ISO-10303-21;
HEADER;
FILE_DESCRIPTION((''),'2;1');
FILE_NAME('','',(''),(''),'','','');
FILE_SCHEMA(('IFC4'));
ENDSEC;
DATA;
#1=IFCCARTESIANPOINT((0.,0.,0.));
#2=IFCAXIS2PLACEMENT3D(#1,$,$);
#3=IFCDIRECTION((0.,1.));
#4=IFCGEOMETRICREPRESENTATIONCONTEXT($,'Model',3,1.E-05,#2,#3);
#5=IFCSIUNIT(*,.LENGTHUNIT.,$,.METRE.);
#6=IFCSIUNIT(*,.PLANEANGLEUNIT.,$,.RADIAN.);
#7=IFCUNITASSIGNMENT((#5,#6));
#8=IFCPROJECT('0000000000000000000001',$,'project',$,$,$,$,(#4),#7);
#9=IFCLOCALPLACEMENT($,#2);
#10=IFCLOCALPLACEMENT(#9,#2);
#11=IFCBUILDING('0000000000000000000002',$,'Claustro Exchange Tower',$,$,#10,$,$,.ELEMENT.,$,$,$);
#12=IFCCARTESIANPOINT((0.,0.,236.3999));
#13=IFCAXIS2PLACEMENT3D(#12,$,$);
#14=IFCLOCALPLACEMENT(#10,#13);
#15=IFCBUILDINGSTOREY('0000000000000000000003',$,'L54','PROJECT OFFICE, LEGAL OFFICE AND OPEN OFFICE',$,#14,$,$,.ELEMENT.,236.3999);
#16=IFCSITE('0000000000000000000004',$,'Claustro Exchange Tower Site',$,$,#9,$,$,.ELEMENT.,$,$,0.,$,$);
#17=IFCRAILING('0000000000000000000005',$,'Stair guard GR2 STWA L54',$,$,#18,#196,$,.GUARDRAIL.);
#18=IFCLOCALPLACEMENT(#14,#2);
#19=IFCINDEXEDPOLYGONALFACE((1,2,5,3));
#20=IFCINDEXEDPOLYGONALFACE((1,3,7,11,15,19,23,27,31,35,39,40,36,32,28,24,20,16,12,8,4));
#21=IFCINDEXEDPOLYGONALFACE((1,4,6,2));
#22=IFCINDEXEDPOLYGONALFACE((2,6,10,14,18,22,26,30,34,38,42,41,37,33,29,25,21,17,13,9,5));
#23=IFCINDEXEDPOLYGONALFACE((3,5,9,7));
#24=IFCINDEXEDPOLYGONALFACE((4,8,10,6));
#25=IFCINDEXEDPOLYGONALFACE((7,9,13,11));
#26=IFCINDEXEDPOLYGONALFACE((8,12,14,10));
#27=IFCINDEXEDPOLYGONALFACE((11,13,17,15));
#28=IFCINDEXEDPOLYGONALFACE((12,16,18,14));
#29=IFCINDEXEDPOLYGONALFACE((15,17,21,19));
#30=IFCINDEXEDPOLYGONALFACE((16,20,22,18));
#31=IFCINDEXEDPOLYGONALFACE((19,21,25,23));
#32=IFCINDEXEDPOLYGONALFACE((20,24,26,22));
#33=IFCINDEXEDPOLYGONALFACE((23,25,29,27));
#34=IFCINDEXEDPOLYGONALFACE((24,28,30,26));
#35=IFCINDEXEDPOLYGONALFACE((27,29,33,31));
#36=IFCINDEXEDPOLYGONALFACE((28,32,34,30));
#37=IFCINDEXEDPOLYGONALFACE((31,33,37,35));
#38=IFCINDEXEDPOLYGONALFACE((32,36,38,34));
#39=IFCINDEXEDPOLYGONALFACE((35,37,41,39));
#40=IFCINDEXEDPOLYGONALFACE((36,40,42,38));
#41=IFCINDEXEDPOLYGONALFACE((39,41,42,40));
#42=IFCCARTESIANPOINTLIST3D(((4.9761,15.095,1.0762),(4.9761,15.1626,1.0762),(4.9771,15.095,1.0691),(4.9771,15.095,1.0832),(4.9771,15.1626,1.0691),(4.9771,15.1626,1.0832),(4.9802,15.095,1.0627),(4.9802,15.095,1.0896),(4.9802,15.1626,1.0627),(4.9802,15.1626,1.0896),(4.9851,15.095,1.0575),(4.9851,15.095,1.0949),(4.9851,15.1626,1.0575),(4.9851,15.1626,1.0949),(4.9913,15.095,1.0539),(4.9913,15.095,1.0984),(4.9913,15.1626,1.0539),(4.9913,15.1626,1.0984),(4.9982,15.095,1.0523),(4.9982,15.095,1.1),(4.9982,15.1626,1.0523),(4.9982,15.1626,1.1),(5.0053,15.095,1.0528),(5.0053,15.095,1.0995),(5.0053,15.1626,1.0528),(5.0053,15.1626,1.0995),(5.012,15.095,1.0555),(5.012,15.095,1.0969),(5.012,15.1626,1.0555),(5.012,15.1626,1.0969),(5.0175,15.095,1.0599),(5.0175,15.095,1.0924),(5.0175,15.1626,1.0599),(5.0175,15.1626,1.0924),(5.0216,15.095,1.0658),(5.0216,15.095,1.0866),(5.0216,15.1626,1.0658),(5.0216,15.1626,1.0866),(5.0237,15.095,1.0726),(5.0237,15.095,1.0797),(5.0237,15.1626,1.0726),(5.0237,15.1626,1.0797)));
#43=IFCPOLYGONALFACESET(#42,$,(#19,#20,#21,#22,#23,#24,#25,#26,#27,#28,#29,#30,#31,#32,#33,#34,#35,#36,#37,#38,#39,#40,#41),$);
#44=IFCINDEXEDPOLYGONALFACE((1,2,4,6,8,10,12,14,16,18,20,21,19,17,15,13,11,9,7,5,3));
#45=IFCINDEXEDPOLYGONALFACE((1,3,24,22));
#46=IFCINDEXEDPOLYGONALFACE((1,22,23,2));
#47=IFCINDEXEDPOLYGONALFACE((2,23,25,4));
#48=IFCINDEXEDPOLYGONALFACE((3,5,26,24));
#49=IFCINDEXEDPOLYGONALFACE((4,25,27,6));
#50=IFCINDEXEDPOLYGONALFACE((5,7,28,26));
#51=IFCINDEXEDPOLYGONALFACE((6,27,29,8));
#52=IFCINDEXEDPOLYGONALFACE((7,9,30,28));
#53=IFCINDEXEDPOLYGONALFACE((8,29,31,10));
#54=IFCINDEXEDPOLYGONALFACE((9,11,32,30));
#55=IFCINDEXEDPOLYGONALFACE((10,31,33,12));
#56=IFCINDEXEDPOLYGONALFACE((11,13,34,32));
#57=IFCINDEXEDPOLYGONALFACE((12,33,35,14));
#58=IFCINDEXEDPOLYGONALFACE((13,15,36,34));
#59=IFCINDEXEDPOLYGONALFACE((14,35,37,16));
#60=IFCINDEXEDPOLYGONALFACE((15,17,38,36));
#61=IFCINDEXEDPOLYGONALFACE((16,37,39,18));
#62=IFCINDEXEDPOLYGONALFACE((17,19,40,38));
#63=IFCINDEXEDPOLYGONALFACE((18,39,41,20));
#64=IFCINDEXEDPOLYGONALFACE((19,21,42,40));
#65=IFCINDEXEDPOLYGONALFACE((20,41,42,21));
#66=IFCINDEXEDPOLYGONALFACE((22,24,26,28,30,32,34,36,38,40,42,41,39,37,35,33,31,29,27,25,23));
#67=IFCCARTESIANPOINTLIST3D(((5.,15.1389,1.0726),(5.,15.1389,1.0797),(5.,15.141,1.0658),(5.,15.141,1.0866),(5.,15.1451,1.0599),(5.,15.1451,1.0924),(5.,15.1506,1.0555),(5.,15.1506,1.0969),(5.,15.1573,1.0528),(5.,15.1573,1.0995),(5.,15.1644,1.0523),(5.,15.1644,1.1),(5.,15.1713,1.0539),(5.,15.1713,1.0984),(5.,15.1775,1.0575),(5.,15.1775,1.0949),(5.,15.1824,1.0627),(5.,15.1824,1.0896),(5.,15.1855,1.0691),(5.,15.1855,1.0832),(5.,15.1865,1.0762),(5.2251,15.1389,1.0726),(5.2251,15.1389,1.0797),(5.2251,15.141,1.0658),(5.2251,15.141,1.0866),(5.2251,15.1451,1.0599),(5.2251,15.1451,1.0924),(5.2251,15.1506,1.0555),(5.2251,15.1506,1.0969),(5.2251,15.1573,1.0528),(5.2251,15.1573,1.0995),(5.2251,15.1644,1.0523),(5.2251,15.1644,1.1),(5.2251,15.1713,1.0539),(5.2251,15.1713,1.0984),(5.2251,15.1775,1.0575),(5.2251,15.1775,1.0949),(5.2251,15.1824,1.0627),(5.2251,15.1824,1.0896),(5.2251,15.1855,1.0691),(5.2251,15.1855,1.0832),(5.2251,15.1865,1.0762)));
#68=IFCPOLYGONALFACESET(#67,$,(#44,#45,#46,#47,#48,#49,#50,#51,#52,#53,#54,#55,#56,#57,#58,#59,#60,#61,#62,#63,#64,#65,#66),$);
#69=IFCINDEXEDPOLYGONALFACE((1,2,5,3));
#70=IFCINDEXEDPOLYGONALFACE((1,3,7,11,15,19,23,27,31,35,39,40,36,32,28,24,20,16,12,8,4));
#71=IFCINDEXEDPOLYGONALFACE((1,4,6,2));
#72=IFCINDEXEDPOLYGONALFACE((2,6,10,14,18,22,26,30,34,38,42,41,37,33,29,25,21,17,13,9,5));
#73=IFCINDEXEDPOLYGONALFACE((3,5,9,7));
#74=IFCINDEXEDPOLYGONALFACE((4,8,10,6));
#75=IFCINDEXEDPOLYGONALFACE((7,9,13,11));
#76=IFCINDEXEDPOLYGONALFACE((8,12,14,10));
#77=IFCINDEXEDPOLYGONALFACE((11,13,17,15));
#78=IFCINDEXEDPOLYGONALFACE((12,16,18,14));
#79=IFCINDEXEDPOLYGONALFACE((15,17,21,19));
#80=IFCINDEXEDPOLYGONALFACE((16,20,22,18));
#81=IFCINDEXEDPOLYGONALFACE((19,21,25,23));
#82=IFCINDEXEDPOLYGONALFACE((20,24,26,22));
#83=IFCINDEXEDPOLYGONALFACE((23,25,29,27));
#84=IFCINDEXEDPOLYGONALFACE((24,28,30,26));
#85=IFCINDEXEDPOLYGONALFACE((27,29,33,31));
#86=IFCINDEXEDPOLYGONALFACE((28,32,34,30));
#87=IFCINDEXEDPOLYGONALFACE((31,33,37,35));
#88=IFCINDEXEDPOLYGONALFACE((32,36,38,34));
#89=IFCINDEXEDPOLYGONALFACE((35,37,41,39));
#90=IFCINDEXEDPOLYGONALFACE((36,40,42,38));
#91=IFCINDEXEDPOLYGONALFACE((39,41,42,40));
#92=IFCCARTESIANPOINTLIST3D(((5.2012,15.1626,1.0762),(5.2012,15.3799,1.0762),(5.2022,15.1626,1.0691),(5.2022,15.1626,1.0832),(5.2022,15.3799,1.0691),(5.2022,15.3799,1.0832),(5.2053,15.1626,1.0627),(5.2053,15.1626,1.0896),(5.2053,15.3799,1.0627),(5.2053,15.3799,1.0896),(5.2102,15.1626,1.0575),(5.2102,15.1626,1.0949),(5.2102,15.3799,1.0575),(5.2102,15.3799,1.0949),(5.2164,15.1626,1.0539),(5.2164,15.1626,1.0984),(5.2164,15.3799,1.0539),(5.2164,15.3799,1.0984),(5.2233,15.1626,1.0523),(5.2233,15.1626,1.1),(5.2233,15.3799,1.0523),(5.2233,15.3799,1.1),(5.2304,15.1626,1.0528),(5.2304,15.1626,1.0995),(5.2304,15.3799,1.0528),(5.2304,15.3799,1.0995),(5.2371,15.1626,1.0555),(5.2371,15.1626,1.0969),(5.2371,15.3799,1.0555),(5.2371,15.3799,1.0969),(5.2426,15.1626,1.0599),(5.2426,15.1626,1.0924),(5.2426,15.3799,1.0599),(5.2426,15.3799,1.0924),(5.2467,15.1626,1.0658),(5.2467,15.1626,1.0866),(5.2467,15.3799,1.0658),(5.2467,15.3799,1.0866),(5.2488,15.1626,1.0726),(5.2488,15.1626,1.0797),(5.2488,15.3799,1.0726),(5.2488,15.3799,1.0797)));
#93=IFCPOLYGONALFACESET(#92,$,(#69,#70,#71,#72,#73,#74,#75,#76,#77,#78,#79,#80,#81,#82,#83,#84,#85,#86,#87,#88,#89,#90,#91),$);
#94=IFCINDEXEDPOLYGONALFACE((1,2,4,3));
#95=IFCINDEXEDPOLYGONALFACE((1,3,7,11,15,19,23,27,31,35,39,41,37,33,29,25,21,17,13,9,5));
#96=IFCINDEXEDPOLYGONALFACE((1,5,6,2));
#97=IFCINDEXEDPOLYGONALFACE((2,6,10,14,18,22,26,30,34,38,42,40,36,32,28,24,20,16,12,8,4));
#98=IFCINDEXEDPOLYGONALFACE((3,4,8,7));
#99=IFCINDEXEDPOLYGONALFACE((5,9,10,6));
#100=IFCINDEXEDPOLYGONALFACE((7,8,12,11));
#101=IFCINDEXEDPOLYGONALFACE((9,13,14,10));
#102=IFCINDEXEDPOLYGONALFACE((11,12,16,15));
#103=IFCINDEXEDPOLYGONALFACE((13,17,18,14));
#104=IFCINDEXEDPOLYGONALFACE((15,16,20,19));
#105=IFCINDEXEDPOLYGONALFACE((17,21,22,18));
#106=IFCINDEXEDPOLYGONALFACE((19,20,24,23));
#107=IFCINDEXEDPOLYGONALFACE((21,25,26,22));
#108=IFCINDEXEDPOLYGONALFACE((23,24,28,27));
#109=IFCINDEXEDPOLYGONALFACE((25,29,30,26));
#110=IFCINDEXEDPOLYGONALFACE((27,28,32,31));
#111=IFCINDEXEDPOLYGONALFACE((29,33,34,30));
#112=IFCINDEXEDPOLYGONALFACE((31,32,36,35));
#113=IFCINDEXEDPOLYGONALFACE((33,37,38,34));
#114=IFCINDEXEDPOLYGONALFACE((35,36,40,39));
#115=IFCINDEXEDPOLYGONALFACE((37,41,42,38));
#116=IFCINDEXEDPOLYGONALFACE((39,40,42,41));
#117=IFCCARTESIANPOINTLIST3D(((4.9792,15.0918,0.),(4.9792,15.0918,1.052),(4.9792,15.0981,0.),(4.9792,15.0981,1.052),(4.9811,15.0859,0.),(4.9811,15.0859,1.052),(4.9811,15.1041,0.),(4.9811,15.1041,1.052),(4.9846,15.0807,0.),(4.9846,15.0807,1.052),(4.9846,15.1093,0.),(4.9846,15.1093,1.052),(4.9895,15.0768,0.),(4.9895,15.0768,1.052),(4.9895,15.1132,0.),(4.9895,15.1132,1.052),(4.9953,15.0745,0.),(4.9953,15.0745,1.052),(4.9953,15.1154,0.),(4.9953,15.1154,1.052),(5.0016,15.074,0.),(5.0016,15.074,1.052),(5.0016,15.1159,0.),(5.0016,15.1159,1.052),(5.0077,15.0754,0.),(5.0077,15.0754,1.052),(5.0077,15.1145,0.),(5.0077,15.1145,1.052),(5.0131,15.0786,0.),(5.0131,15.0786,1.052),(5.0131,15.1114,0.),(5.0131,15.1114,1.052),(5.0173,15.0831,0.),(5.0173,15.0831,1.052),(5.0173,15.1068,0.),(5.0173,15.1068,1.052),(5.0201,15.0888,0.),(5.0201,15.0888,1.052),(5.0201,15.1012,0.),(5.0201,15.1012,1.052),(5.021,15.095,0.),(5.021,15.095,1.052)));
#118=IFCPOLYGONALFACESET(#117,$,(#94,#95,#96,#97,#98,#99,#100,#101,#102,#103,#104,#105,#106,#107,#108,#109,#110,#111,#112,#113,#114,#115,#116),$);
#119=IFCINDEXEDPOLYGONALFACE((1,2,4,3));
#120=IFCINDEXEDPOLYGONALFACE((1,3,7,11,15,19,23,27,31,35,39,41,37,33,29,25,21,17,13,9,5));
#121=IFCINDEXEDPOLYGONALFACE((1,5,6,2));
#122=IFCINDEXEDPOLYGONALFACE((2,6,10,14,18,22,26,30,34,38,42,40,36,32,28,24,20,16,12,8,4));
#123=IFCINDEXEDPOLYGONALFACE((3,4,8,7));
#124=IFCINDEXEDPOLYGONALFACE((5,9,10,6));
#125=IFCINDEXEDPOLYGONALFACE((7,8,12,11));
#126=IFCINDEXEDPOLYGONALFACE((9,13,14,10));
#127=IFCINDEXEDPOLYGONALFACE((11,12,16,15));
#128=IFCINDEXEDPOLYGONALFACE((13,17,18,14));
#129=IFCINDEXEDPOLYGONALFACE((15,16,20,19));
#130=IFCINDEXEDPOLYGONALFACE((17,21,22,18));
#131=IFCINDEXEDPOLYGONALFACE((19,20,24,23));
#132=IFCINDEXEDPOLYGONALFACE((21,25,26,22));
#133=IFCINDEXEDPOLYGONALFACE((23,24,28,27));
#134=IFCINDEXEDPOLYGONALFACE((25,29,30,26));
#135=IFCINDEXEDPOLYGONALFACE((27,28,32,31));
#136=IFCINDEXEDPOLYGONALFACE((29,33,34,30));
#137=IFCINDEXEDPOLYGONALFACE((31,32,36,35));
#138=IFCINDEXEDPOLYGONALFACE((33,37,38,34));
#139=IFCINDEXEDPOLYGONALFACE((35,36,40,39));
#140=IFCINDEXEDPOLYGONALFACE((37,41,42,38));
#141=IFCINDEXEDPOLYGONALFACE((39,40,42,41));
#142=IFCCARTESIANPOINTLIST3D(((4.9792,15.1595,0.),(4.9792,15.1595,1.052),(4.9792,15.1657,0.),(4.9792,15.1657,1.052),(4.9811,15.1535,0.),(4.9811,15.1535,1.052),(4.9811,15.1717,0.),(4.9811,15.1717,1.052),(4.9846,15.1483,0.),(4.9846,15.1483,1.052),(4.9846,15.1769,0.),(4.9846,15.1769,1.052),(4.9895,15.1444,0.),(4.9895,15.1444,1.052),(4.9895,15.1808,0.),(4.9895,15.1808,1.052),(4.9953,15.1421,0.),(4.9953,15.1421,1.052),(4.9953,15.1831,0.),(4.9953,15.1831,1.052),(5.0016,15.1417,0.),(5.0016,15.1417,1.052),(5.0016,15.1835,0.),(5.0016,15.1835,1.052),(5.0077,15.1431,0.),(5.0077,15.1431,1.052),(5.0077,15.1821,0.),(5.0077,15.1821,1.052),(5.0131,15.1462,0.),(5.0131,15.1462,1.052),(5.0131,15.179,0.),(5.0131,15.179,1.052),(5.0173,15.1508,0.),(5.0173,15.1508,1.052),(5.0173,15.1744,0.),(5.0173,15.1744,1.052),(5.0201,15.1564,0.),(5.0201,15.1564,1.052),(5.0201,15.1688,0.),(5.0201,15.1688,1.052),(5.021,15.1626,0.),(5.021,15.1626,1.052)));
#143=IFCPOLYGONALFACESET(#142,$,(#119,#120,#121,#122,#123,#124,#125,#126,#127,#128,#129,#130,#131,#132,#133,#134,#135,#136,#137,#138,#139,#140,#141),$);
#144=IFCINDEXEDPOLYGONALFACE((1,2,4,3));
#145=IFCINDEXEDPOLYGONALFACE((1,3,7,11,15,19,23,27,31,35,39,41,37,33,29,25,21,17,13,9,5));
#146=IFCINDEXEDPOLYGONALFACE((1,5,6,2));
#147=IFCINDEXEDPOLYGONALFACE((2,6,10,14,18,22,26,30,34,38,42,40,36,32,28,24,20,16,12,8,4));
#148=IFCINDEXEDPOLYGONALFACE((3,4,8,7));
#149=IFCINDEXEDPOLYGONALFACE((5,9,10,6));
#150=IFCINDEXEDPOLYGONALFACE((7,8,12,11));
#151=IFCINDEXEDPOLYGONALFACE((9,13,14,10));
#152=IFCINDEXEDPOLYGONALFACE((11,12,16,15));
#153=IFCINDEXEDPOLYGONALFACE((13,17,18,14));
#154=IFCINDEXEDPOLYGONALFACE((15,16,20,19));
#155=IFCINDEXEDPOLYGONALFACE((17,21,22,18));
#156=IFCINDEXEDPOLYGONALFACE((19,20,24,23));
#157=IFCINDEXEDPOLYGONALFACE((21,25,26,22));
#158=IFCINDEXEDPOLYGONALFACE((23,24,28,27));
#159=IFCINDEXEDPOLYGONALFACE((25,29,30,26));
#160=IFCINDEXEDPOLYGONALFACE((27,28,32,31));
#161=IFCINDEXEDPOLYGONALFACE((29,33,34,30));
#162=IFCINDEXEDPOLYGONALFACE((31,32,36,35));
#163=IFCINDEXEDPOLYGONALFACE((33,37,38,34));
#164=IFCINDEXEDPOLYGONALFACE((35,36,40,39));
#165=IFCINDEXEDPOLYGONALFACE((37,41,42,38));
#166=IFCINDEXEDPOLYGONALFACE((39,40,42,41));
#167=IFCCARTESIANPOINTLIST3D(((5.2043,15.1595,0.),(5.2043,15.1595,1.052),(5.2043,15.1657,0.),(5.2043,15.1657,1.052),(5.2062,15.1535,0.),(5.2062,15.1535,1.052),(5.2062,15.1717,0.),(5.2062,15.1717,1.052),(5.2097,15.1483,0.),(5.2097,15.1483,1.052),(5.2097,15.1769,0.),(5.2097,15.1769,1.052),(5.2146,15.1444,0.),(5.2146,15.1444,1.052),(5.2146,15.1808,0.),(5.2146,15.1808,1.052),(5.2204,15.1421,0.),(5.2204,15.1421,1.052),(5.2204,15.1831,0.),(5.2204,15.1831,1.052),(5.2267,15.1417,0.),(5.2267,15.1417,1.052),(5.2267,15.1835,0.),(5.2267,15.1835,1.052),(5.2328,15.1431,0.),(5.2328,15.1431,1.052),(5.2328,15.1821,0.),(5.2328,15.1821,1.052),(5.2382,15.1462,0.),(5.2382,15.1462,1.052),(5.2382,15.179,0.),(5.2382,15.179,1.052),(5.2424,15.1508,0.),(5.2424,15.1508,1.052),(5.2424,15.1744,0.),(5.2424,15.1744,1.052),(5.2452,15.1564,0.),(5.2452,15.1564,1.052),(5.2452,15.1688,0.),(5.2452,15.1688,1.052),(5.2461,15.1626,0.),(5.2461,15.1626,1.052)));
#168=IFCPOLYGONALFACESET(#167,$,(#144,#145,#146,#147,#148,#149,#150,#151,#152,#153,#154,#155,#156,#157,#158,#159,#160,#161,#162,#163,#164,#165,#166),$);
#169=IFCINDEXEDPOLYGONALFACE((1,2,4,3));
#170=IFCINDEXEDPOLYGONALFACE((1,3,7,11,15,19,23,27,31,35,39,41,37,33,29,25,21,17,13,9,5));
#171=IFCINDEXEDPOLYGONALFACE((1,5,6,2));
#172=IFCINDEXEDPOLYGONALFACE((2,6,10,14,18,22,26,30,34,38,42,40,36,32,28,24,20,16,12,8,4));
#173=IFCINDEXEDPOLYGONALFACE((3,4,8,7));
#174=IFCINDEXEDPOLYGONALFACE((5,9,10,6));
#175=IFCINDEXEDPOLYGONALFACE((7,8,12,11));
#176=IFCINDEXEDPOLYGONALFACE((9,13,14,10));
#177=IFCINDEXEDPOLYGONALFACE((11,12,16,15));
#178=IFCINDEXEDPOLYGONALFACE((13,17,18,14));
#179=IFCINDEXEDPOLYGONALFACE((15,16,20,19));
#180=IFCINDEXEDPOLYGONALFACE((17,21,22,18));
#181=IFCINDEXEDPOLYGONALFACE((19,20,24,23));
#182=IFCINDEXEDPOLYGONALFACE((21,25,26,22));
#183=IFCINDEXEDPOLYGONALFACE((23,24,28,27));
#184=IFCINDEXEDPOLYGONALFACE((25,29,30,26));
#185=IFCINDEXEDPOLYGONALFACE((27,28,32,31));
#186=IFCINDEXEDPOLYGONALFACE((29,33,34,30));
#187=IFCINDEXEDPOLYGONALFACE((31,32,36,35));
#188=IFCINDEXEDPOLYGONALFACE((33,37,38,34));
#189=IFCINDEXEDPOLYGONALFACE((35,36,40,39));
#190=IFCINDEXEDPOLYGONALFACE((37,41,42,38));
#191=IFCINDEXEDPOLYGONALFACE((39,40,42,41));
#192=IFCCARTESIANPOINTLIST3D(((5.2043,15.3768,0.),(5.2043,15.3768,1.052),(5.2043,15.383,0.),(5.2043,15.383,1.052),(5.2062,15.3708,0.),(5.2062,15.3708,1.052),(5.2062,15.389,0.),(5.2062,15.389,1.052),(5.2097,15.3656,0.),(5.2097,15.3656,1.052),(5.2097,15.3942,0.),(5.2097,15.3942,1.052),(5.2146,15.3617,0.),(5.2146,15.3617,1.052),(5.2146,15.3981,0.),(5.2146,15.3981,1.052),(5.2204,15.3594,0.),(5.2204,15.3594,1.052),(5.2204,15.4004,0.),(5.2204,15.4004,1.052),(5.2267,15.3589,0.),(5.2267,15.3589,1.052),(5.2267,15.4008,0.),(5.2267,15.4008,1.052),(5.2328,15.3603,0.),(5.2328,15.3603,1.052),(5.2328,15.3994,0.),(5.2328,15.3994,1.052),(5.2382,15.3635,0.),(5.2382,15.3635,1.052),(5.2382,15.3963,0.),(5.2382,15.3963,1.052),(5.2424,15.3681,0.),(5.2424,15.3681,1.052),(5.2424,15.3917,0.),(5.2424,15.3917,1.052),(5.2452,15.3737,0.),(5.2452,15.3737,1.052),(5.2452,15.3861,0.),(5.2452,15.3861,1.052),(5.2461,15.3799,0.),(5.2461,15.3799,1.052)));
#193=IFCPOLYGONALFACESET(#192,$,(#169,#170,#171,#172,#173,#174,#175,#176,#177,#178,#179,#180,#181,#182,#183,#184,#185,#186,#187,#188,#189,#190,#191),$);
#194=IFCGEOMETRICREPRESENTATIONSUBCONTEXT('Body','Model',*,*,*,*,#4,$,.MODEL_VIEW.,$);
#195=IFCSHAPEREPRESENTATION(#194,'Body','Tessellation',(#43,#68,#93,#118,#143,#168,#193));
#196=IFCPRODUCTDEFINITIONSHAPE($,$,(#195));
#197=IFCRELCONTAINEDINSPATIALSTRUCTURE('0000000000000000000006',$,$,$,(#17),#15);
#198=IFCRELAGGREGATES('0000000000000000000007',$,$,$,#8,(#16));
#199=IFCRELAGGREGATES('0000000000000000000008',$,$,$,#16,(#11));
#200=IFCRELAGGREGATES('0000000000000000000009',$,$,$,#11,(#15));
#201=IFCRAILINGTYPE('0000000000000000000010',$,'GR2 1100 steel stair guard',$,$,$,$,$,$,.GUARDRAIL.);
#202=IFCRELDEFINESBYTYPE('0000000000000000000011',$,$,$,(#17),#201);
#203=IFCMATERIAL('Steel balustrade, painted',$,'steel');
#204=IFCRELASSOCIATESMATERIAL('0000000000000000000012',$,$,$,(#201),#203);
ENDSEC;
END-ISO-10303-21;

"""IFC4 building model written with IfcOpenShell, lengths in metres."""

from ifc_helpers import new_model, si_unit, direction, frame, origin, origin_2d, place, context, subcontext, project, spatial, circle, extrude, material, type_object, element, save


model = new_model("IFC4")

# Units and contexts
model_context = context("Model", 3, precision=1e-05, world=origin(), true_north=direction((0.0, 1.0)))
body_context = subcontext(model_context, "Body", "Model", "MODEL_VIEW")
ifc_project = project(units=[si_unit("LENGTHUNIT", "METRE"), si_unit("PLANEANGLEUNIT", "RADIAN")], contexts=[model_context])

# Site, building, storey
site_placement = place(None, origin())
site = spatial("IfcSite", under=ifc_project, at=site_placement, Name="Claustro Exchange Tower Site", CompositionType="ELEMENT", RefElevation=0.0)
building_placement = place(site_placement, origin())
building = spatial("IfcBuilding", under=site, at=building_placement, Name="Claustro Exchange Tower", CompositionType="ELEMENT")
storey_placement = place(building_placement, frame((0.0, 0.0, 236.3999)))
storey = spatial("IfcBuildingStorey", under=building, at=storey_placement, Name="L54", Description="PROJECT OFFICE, LEGAL OFFICE AND OPEN OFFICE", CompositionType="ELEMENT", Elevation=236.3999)

# Railing
ifc_material_1 = material(Name="Steel balustrade, painted", Category="steel")
railing_type_1 = type_object("IfcRailingType", Name="GR2 1100 steel stair guard", PredefinedType="GUARDRAIL", material=ifc_material_1)
railing_1_placement = place(storey_placement, frame((5.0, 15.095, 0.0)))
element("IfcRailing", 1, at=railing_1_placement, inside=storey, type_object=railing_type_1, Name="Stair guard GR2 STWA L54", PredefinedType="GUARDRAIL", context=body_context, shape_type="SweptSolid", body=[
    extrude(circle(Radius=0.0239, at=origin_2d()), frame((0.0, 0.0, 1.0762), z_axis=(0.0, 1.0, 0.0), x_axis=(-1.0, 0.0, 0.0)), (0.0, 0.0, 1.0), 0.0676),
    extrude(circle(Radius=0.0239, at=origin_2d()), frame((0.0, 0.0676, 1.0762), z_axis=(1.0, 0.0, 0.0), x_axis=(0.0, 1.0, 0.0)), (0.0, 0.0, 1.0), 0.2251),
    extrude(circle(Radius=0.0239, at=origin_2d()), frame((0.2251, 0.0676, 1.0762), z_axis=(0.0, 1.0, 0.0), x_axis=(-1.0, 0.0, 0.0)), (0.0, 0.0, 1.0), 0.2173),
    extrude(circle(Radius=0.021, at=origin_2d()), origin(), (0.0, 0.0, 1.0), 1.052),
    extrude(circle(Radius=0.021, at=origin_2d()), frame((0.0, 0.0676, 0.0)), (0.0, 0.0, 1.0), 1.052),
    extrude(circle(Radius=0.021, at=origin_2d()), frame((0.2251, 0.0676, 0.0)), (0.0, 0.0, 1.0), 1.052),
    extrude(circle(Radius=0.021, at=origin_2d()), frame((0.2251, 0.2849, 0.0)), (0.0, 0.0, 1.0), 1.052),
])

save(model, "model.ifc")
